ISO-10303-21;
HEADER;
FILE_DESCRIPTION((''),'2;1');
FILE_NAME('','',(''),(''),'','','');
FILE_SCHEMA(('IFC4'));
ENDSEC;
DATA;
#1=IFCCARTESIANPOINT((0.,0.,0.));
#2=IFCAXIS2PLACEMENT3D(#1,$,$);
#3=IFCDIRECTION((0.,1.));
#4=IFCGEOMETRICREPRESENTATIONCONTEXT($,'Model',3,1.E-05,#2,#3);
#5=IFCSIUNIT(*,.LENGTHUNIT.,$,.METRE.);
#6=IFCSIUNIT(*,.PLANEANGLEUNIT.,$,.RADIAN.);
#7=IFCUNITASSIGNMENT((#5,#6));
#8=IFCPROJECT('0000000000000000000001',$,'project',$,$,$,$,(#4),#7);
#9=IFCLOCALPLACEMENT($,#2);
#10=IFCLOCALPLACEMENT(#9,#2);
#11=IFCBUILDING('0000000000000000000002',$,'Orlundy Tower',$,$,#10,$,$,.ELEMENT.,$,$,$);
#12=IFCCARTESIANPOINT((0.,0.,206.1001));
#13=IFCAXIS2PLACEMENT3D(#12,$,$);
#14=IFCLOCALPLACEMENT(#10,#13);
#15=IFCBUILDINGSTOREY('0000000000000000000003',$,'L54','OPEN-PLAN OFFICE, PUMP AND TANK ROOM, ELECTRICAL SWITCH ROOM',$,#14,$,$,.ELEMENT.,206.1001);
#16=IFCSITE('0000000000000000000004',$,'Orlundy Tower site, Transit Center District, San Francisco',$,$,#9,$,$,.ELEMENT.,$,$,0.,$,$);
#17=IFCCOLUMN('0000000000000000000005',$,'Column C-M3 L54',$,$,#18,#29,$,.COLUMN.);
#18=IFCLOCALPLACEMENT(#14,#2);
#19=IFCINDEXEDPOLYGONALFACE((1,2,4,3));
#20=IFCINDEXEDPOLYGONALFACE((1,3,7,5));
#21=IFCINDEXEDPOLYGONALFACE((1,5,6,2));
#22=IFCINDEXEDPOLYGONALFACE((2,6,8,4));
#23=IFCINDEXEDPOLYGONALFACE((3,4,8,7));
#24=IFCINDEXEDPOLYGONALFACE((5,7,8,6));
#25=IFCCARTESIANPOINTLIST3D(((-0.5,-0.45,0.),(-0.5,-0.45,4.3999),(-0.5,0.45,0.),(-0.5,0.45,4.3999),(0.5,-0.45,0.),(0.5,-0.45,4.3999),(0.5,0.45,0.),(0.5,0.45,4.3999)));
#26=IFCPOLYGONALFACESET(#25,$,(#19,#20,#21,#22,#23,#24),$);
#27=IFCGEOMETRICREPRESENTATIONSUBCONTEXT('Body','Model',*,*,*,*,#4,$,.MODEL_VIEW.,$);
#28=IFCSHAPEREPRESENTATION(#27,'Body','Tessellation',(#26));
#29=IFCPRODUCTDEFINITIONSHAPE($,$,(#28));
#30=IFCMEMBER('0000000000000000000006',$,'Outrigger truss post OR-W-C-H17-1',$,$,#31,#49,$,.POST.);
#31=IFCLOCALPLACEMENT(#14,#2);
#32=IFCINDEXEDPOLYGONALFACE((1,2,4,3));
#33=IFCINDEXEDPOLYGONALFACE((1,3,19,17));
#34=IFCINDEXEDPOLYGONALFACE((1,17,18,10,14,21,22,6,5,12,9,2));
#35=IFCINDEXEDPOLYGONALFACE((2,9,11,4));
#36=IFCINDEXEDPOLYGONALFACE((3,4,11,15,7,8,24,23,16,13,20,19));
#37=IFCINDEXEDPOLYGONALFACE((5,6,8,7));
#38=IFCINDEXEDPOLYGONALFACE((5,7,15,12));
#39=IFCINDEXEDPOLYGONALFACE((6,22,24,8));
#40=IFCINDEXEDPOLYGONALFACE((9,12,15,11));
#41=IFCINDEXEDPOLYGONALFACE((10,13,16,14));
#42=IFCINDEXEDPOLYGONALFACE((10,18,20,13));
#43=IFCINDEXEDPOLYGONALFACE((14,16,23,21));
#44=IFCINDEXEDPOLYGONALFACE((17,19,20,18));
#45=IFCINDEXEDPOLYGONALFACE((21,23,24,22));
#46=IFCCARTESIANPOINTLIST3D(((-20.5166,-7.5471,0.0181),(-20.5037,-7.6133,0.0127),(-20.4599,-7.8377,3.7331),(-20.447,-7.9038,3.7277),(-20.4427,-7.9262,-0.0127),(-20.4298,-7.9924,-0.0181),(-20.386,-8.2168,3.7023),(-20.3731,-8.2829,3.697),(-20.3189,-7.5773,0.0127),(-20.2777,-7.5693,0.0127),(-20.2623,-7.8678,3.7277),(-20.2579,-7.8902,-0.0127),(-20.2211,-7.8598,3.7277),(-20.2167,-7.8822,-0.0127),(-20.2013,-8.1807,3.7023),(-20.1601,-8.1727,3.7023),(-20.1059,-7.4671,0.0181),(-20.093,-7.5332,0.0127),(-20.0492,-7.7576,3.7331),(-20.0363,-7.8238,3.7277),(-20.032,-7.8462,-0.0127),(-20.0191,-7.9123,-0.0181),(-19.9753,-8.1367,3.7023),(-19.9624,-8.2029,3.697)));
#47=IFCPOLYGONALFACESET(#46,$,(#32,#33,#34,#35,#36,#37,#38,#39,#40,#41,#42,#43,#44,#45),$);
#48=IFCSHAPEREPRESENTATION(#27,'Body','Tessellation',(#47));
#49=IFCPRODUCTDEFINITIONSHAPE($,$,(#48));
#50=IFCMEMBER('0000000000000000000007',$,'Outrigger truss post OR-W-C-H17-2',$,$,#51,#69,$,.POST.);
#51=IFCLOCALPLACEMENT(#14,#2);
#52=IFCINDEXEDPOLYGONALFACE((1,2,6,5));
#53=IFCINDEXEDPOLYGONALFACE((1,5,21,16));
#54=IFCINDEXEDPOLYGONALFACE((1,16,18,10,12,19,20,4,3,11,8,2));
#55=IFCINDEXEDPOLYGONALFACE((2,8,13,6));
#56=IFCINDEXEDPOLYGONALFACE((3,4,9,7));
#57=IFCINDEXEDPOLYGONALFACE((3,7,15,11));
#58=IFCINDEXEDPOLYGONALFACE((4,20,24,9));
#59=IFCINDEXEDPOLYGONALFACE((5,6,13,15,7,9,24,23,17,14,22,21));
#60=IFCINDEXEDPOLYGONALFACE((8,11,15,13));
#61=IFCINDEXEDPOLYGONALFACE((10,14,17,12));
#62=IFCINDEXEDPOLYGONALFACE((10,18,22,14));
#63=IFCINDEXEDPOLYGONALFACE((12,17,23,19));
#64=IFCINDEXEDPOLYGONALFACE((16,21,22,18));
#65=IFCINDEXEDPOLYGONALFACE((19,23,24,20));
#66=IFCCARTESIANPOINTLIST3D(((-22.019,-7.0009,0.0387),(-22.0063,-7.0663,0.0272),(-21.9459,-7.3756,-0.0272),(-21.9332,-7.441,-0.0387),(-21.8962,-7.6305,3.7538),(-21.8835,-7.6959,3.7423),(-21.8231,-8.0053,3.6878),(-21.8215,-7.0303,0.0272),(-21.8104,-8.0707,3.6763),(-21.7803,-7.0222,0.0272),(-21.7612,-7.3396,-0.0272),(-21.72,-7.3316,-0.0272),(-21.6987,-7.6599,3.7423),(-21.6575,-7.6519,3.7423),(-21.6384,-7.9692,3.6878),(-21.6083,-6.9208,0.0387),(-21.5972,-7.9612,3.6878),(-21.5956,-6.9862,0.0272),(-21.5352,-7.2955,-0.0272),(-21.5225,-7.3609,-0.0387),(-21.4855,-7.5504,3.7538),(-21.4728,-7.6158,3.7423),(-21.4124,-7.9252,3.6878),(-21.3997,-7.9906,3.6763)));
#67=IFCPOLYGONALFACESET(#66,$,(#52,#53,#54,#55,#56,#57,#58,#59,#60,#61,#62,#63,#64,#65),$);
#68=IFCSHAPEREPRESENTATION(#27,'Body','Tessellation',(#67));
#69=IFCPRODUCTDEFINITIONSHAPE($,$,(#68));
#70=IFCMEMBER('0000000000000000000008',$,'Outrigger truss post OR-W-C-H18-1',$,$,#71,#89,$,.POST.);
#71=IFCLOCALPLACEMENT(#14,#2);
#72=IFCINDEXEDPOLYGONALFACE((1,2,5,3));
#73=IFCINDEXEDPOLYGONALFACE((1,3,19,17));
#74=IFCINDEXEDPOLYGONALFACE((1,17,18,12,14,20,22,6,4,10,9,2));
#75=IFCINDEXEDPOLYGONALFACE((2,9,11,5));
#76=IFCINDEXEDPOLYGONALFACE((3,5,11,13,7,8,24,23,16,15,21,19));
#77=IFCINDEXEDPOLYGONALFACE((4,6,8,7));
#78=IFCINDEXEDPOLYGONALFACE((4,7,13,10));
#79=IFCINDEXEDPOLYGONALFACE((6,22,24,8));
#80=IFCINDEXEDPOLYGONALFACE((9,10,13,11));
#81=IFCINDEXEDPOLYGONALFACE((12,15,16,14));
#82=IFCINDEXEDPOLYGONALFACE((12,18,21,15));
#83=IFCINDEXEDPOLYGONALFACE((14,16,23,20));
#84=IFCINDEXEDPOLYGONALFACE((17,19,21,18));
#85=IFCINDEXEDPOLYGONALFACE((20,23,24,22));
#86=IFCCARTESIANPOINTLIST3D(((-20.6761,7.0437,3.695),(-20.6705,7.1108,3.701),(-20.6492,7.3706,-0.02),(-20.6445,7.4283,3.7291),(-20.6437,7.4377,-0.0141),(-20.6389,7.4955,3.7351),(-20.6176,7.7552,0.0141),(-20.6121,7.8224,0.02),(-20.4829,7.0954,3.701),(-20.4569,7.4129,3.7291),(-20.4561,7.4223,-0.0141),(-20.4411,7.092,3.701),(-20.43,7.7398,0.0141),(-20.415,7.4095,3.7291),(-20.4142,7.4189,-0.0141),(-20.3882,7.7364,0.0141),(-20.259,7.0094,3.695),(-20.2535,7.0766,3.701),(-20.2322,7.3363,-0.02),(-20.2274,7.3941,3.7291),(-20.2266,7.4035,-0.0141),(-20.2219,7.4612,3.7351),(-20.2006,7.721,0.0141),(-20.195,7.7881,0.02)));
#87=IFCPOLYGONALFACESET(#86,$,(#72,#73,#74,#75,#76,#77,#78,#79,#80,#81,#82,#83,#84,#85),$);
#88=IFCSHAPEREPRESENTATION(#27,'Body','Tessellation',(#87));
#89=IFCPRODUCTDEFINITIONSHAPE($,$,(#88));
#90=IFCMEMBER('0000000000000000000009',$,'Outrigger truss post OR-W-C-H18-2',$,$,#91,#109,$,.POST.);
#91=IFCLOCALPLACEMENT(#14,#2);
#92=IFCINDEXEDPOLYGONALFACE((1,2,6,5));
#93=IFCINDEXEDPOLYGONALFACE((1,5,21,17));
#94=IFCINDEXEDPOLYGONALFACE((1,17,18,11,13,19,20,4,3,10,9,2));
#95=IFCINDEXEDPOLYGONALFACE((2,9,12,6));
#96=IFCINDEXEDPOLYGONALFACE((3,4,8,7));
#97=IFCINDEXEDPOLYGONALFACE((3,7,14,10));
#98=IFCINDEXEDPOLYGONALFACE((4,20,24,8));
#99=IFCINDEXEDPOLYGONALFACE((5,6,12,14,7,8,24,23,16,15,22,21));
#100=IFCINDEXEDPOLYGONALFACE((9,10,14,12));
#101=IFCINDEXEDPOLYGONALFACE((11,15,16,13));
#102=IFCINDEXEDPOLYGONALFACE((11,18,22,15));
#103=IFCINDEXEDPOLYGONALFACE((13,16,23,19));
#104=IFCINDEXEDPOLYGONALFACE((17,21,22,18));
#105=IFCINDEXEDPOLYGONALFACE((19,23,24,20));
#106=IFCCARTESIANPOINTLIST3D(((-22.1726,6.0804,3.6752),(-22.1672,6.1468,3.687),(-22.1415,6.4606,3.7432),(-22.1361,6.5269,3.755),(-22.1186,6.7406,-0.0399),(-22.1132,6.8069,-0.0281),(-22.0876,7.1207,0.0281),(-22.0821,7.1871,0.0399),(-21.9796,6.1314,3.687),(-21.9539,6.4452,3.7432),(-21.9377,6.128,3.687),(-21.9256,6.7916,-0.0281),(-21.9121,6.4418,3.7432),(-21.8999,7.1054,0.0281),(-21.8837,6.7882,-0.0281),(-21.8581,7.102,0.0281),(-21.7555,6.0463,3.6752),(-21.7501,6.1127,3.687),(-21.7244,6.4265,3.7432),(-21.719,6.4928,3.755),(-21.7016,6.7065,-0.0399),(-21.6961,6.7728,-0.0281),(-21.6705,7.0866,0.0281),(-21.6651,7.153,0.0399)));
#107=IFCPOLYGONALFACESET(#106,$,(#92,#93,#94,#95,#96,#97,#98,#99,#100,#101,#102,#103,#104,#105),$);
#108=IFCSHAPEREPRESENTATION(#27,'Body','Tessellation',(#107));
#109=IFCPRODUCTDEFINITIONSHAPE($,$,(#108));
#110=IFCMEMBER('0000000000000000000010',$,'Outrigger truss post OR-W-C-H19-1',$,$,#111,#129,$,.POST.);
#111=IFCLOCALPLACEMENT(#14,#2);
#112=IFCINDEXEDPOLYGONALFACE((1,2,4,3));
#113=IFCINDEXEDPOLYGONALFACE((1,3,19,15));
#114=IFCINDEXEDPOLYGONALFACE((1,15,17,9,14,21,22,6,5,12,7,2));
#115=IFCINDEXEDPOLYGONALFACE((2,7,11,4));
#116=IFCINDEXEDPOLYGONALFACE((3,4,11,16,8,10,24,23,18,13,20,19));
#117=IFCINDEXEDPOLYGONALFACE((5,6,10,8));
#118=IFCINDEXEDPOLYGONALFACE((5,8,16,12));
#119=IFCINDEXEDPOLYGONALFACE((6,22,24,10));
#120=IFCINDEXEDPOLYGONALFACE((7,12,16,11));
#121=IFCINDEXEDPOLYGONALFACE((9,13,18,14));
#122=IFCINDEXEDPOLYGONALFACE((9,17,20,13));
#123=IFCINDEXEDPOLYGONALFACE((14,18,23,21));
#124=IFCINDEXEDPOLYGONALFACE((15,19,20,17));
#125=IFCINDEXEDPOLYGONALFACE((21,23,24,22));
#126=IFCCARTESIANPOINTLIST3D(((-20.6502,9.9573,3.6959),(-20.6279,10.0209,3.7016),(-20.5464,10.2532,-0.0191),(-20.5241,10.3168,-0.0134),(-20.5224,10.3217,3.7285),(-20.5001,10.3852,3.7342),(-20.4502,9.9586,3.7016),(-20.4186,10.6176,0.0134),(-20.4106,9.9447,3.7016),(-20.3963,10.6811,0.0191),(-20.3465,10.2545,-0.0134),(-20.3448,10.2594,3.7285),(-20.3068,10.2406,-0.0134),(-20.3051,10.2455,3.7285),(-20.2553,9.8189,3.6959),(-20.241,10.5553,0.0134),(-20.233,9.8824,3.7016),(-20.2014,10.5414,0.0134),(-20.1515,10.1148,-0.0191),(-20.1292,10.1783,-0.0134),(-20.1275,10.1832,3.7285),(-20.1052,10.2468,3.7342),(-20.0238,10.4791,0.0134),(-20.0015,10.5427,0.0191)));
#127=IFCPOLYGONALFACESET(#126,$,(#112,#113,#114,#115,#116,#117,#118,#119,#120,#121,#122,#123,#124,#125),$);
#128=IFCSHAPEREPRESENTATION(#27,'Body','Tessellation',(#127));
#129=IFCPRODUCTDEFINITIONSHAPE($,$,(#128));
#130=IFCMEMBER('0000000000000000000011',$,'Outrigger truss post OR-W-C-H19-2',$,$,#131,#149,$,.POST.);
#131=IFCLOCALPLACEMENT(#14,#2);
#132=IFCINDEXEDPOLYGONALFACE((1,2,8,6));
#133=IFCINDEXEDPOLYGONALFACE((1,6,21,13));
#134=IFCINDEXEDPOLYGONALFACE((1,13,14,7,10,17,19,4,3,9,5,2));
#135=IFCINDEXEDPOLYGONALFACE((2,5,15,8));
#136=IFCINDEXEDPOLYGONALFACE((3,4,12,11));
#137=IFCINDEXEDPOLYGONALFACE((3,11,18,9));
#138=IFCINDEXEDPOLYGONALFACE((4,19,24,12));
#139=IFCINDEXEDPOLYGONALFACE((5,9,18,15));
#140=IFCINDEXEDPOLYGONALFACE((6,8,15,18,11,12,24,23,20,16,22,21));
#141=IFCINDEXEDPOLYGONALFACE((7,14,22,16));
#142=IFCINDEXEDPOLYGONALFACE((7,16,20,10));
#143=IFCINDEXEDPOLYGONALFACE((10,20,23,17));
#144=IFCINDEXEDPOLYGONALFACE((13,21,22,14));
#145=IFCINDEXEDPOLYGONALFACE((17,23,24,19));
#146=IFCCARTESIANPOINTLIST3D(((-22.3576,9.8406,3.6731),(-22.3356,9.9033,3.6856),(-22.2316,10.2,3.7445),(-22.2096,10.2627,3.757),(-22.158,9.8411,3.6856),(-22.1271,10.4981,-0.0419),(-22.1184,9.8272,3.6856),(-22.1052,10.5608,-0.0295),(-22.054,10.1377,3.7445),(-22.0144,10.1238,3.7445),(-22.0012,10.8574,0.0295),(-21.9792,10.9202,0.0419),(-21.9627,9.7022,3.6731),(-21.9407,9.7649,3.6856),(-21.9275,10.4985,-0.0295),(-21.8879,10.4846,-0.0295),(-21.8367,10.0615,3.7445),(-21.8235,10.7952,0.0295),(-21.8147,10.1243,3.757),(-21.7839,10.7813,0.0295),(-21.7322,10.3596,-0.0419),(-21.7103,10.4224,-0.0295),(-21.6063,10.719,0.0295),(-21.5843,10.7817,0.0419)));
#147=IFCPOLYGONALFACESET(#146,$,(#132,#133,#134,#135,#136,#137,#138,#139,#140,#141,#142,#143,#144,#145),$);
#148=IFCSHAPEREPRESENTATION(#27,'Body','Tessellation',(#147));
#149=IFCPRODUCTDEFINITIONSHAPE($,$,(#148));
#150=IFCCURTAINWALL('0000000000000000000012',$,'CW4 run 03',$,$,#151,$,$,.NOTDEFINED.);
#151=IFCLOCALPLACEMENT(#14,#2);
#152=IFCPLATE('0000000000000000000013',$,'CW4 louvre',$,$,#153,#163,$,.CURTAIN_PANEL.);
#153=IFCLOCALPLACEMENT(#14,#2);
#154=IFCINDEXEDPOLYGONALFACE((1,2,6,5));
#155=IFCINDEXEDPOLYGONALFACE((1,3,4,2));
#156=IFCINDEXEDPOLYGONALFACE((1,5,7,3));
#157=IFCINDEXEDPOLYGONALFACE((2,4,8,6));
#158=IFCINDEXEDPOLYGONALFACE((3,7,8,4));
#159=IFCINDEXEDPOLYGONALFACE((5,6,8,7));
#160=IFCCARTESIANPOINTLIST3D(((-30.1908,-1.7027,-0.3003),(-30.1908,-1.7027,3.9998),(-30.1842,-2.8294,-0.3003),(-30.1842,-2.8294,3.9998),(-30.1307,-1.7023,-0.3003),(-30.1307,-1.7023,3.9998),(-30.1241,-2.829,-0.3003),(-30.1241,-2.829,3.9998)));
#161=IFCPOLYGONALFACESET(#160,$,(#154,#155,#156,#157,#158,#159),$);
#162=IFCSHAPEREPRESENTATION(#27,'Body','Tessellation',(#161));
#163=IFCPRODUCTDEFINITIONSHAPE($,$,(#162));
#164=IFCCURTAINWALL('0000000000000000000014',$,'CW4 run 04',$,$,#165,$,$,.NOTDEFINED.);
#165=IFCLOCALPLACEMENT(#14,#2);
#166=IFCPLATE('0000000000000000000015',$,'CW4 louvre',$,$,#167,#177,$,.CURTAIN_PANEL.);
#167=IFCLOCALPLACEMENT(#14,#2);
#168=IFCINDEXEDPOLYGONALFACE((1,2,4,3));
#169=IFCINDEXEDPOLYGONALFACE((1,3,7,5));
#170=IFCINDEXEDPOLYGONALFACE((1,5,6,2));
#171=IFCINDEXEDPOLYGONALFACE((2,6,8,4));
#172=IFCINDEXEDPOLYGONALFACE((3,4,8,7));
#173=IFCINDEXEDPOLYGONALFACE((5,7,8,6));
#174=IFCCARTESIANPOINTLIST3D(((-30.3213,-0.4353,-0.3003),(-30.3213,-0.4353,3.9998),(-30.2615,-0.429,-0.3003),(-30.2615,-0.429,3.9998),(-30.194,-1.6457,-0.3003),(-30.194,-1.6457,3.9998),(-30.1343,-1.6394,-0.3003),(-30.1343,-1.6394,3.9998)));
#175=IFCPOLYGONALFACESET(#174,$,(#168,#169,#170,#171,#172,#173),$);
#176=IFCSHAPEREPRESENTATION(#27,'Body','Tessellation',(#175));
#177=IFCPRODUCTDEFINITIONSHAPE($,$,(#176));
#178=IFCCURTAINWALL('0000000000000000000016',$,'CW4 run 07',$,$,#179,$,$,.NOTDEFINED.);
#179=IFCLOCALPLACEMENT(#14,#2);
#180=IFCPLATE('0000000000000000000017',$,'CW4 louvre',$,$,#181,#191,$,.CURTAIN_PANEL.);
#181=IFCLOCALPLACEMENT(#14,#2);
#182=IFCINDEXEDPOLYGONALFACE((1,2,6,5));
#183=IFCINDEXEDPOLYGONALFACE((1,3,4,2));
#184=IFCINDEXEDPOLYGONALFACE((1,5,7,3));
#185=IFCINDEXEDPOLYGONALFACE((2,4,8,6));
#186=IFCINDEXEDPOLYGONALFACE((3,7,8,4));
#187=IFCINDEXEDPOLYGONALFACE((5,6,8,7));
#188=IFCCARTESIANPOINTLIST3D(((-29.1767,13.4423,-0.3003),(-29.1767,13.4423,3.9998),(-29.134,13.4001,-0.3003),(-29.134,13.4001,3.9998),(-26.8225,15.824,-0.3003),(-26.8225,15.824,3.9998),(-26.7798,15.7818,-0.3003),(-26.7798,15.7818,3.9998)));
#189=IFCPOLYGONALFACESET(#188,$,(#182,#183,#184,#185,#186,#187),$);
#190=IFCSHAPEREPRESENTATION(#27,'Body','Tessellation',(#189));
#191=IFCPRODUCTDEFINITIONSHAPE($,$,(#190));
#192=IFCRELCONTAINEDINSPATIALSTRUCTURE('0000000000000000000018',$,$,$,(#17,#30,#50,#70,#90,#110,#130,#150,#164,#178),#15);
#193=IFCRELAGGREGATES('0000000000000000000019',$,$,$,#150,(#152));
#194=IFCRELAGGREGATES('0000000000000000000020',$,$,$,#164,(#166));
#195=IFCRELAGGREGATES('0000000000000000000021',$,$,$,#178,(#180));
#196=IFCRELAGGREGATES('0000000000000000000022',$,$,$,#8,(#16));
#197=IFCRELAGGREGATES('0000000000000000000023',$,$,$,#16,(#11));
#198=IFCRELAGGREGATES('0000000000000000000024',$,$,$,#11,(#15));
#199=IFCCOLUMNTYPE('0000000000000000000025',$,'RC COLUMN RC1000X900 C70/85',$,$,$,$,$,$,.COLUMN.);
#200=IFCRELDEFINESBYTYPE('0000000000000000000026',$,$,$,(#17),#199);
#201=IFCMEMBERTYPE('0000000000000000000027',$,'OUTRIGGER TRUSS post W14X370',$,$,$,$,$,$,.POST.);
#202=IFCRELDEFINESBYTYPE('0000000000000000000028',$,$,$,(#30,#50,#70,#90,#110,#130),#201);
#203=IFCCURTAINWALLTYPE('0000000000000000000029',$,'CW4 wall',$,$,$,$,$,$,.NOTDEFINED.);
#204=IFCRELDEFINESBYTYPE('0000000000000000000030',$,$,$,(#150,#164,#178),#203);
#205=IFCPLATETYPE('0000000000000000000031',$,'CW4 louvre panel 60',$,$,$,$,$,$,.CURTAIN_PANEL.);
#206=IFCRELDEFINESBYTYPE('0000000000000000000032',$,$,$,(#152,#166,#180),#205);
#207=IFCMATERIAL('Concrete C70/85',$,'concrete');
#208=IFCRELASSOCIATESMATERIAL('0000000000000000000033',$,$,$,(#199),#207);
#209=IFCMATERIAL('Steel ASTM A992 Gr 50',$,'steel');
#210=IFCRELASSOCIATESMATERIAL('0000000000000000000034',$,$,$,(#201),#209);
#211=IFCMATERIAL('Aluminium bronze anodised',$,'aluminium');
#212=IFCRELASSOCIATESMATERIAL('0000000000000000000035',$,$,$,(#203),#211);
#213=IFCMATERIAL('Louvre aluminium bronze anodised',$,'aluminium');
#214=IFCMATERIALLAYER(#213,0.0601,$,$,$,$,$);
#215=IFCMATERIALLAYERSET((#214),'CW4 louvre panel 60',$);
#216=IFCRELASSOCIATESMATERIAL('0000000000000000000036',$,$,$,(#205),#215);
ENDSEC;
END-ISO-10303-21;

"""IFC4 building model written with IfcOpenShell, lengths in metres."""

from ifc_helpers import new_model, si_unit, direction, frame, origin, origin_with_axes, origin_2d, place, context, subcontext, project, spatial, rectangle, i_section, extrude, material, layer, layer_set, material_profile, profile_set, type_object, element, aggregate, save


model = new_model("IFC4")

# Units and contexts
model_context = context("Model", 3, precision=1e-05, world=origin(), true_north=direction((0.0, 1.0)))
body_context = subcontext(model_context, "Body", "Model", "MODEL_VIEW")
ifc_project = project(units=[si_unit("LENGTHUNIT", "METRE"), si_unit("PLANEANGLEUNIT", "RADIAN")], contexts=[model_context])

# Site, building, storey
site_placement = place(None, origin())
site = spatial("IfcSite", under=ifc_project, at=site_placement, Name="Orlundy Tower site, Transit Center District, San Francisco", CompositionType="ELEMENT", RefElevation=0.0)
building_placement = place(site_placement, origin())
building = spatial("IfcBuilding", under=site, at=building_placement, Name="Orlundy Tower", CompositionType="ELEMENT")
storey_placement = place(building_placement, frame((0.0, 0.0, 206.1001)))
storey = spatial("IfcBuildingStorey", under=building, at=storey_placement, Name="L54", Description="OPEN-PLAN OFFICE, PUMP AND TANK ROOM, ELECTRICAL SWITCH ROOM", CompositionType="ELEMENT", Elevation=206.1001)

# Column
ifc_material_1 = material(Name="Concrete C70/85", Category="concrete")
ifc_material_profile_1 = material_profile(ifc_material_1, rectangle(XDim=1.0, YDim=0.8999, at=origin_2d()), Name="RC1000X900")
ifc_profile_set_1 = profile_set([ifc_material_profile_1], Name="Concrete C70/85")
column_type = type_object("IfcColumnType", Name="RC COLUMN RC1000X900 C70/85", PredefinedType="COLUMN", material=ifc_profile_set_1)
column_placement = place(storey_placement, origin_with_axes())
element("IfcColumn", 1, at=column_placement, inside=storey, type_object=column_type, Name="Column C-M3 L54", PredefinedType="COLUMN", context=body_context, shape_type="SweptSolid", body=[
    extrude(rectangle(XDim=1.0, YDim=0.8999, at=origin_2d()), origin(), (0.0, 0.0, 1.0), 4.3999),
])

# Members
ifc_material_2 = material(Name="Steel ASTM A992 Gr 50", Category="steel")
ifc_material_profile_2 = material_profile(ifc_material_2, i_section(OverallWidth=0.4185, OverallDepth=0.4551, WebThickness=0.042, FlangeThickness=0.0676, at=origin_2d()), Name="W14X370")
ifc_profile_set_2 = profile_set([ifc_material_profile_2], Name="Steel ASTM A992 Gr 50")
member_type = type_object("IfcMemberType", Name="OUTRIGGER TRUSS post W14X370", PredefinedType="POST", material=ifc_profile_set_2)
member_1_placement = place(storey_placement, frame((-20.2678, -7.7297, 0.0), z_axis=(0.015198, -0.077955, 0.996841), x_axis=(0.981521, 0.191355, 0.0)))
element("IfcMember", 2, at=member_1_placement, inside=storey, type_object=member_type, Name="Outrigger truss post OR-W-C-H17-1", PredefinedType="POST", context=body_context, shape_type="SweptSolid", body=[
    extrude(i_section(OverallWidth=0.4185, OverallDepth=0.4551, WebThickness=0.042, FlangeThickness=0.0676, at=origin_2d()), origin(), (0.0, 0.0, 1.0), 3.7268),
])
member_2_placement = place(storey_placement, frame((-21.7708, -7.1809, 0.0), z_axis=(0.032573, -0.16701, 0.985417), x_axis=(0.981506, 0.19143, 0.0)))
element("IfcMember", 3, at=member_2_placement, inside=storey, type_object=member_type, Name="Outrigger truss post OR-W-C-H17-2", PredefinedType="POST", context=body_context, shape_type="SweptSolid", body=[
    extrude(i_section(OverallWidth=0.4185, OverallDepth=0.4551, WebThickness=0.042, FlangeThickness=0.0676, at=origin_2d()), origin(), (0.0, 0.0, 1.0), 3.77),
])
member_3_placement = place(storey_placement, frame((-20.4221, 7.5793, 0.0), z_axis=(-0.007201, -0.087653, 0.996125), x_axis=(0.996643, -0.081875, 0.0)))
element("IfcMember", 4, at=member_3_placement, inside=storey, type_object=member_type, Name="Outrigger truss post OR-W-C-H18-1", PredefinedType="POST", context=body_context, shape_type="SweptSolid", body=[
    extrude(i_section(OverallWidth=0.4185, OverallDepth=0.4551, WebThickness=0.042, FlangeThickness=0.0676, at=origin_2d()), origin(), (0.0, 0.0, 1.0), 3.7295),
])
member_4_placement = place(storey_placement, frame((-21.8918, 6.9468, 0.0), z_axis=(-0.014298, -0.174937, 0.984476), x_axis=(0.996677, -0.081459, 0.0)))
element("IfcMember", 5, at=member_4_placement, inside=storey, type_object=member_type, Name="Outrigger truss post OR-W-C-H18-2", PredefinedType="POST", context=body_context, shape_type="SweptSolid", body=[
    extrude(i_section(OverallWidth=0.4185, OverallDepth=0.4551, WebThickness=0.042, FlangeThickness=0.0676, at=origin_2d()), origin(), (0.0, 0.0, 1.0), 3.7737),
])
member_5_placement = place(storey_placement, frame((-20.2739, 10.3979, 0.0), z_axis=(-0.02783, -0.079366, 0.996457), x_axis=(0.943664, -0.330905, 0.0)))
element("IfcMember", 6, at=member_5_placement, inside=storey, type_object=member_type, Name="Outrigger truss post OR-W-C-H19-1", PredefinedType="POST", context=body_context, shape_type="SweptSolid", body=[
    extrude(i_section(OverallWidth=0.4185, OverallDepth=0.4551, WebThickness=0.042, FlangeThickness=0.0676, at=origin_2d()), origin(), (0.0, 0.0, 1.0), 3.7283),
])
member_6_placement = place(storey_placement, frame((-21.8557, 10.6399, 0.0), z_axis=(-0.060973, -0.173941, 0.982867), x_axis=(0.9437, -0.330803, 0.0)))
element("IfcMember", 7, at=member_6_placement, inside=storey, type_object=member_type, Name="Outrigger truss post OR-W-C-H19-2", PredefinedType="POST", context=body_context, shape_type="SweptSolid", body=[
    extrude(i_section(OverallWidth=0.4185, OverallDepth=0.4551, WebThickness=0.042, FlangeThickness=0.0676, at=origin_2d()), origin(), (0.0, 0.0, 1.0), 3.7798),
])

# Curtain walls, plates
ifc_material_3 = material(Name="Aluminium bronze anodised", Category="aluminium")
curtain_wall_type = type_object("IfcCurtainWallType", Name="CW4 wall", PredefinedType="NOTDEFINED", material=ifc_material_3)
curtain_wall_1_placement = place(storey_placement, origin())
curtain_wall_1 = element("IfcCurtainWall", 8, at=curtain_wall_1_placement, inside=storey, type_object=curtain_wall_type, Name="CW4 run 03", PredefinedType="NOTDEFINED")
ifc_material_4 = material(Name="Louvre aluminium bronze anodised", Category="aluminium")
ifc_layer_1 = layer(ifc_material_4, 0.0601)
ifc_layer_set_1 = layer_set([ifc_layer_1], Name="CW4 louvre panel 60")
plate_type = type_object("IfcPlateType", Name="CW4 louvre panel 60", PredefinedType="CURTAIN_PANEL", material=ifc_layer_set_1)
plate_1_placement = place(storey_placement, frame((-30.1575, -2.2659, -0.3003), z_axis=(0.0, 0.0, 1.0), x_axis=(-0.005851, 0.999983, 0.0)))
plate_1 = element("IfcPlate", 9, at=plate_1_placement, type_object=plate_type, Name="CW4 louvre", PredefinedType="CURTAIN_PANEL", context=body_context, shape_type="SweptSolid", body=[
    extrude(rectangle(XDim=1.1267, YDim=0.0601, at=origin_2d()), origin(), (0.0, 0.0, 1.0), 4.3),
])
aggregate(curtain_wall_1, [plate_1])
curtain_wall_2_placement = place(storey_placement, origin())
curtain_wall_2 = element("IfcCurtainWall", 10, at=curtain_wall_2_placement, inside=storey, type_object=curtain_wall_type, Name="CW4 run 04", PredefinedType="NOTDEFINED")
plate_2_placement = place(storey_placement, frame((-30.2278, -1.0374, -0.3003), z_axis=(0.0, 0.0, 1.0), x_axis=(-0.104523, 0.994522, 0.0)))
plate_2 = element("IfcPlate", 11, at=plate_2_placement, type_object=plate_type, Name="CW4 louvre", PredefinedType="CURTAIN_PANEL", context=body_context, shape_type="SweptSolid", body=[
    extrude(rectangle(XDim=1.217, YDim=0.0601, at=origin_2d()), origin(), (0.0, 0.0, 1.0), 4.3),
])
aggregate(curtain_wall_2, [plate_2])

# Curtain wall, plate
curtain_wall_3_placement = place(storey_placement, origin())
curtain_wall_3 = element("IfcCurtainWall", 12, at=curtain_wall_3_placement, inside=storey, type_object=curtain_wall_type, Name="CW4 run 07", PredefinedType="NOTDEFINED")
plate_3_placement = place(storey_placement, frame((-27.9783, 14.6121, -0.3003), z_axis=(0.0, 0.0, 1.0), x_axis=(0.702983, 0.711207, 0.0)))
plate_3 = element("IfcPlate", 13, at=plate_3_placement, type_object=plate_type, Name="CW4 louvre", PredefinedType="CURTAIN_PANEL", context=body_context, shape_type="SweptSolid", body=[
    extrude(rectangle(XDim=3.3489, YDim=0.0601, at=origin_2d()), origin(), (0.0, 0.0, 1.0), 4.3),
])
aggregate(curtain_wall_3, [plate_3])

save(model, "model.ifc")
